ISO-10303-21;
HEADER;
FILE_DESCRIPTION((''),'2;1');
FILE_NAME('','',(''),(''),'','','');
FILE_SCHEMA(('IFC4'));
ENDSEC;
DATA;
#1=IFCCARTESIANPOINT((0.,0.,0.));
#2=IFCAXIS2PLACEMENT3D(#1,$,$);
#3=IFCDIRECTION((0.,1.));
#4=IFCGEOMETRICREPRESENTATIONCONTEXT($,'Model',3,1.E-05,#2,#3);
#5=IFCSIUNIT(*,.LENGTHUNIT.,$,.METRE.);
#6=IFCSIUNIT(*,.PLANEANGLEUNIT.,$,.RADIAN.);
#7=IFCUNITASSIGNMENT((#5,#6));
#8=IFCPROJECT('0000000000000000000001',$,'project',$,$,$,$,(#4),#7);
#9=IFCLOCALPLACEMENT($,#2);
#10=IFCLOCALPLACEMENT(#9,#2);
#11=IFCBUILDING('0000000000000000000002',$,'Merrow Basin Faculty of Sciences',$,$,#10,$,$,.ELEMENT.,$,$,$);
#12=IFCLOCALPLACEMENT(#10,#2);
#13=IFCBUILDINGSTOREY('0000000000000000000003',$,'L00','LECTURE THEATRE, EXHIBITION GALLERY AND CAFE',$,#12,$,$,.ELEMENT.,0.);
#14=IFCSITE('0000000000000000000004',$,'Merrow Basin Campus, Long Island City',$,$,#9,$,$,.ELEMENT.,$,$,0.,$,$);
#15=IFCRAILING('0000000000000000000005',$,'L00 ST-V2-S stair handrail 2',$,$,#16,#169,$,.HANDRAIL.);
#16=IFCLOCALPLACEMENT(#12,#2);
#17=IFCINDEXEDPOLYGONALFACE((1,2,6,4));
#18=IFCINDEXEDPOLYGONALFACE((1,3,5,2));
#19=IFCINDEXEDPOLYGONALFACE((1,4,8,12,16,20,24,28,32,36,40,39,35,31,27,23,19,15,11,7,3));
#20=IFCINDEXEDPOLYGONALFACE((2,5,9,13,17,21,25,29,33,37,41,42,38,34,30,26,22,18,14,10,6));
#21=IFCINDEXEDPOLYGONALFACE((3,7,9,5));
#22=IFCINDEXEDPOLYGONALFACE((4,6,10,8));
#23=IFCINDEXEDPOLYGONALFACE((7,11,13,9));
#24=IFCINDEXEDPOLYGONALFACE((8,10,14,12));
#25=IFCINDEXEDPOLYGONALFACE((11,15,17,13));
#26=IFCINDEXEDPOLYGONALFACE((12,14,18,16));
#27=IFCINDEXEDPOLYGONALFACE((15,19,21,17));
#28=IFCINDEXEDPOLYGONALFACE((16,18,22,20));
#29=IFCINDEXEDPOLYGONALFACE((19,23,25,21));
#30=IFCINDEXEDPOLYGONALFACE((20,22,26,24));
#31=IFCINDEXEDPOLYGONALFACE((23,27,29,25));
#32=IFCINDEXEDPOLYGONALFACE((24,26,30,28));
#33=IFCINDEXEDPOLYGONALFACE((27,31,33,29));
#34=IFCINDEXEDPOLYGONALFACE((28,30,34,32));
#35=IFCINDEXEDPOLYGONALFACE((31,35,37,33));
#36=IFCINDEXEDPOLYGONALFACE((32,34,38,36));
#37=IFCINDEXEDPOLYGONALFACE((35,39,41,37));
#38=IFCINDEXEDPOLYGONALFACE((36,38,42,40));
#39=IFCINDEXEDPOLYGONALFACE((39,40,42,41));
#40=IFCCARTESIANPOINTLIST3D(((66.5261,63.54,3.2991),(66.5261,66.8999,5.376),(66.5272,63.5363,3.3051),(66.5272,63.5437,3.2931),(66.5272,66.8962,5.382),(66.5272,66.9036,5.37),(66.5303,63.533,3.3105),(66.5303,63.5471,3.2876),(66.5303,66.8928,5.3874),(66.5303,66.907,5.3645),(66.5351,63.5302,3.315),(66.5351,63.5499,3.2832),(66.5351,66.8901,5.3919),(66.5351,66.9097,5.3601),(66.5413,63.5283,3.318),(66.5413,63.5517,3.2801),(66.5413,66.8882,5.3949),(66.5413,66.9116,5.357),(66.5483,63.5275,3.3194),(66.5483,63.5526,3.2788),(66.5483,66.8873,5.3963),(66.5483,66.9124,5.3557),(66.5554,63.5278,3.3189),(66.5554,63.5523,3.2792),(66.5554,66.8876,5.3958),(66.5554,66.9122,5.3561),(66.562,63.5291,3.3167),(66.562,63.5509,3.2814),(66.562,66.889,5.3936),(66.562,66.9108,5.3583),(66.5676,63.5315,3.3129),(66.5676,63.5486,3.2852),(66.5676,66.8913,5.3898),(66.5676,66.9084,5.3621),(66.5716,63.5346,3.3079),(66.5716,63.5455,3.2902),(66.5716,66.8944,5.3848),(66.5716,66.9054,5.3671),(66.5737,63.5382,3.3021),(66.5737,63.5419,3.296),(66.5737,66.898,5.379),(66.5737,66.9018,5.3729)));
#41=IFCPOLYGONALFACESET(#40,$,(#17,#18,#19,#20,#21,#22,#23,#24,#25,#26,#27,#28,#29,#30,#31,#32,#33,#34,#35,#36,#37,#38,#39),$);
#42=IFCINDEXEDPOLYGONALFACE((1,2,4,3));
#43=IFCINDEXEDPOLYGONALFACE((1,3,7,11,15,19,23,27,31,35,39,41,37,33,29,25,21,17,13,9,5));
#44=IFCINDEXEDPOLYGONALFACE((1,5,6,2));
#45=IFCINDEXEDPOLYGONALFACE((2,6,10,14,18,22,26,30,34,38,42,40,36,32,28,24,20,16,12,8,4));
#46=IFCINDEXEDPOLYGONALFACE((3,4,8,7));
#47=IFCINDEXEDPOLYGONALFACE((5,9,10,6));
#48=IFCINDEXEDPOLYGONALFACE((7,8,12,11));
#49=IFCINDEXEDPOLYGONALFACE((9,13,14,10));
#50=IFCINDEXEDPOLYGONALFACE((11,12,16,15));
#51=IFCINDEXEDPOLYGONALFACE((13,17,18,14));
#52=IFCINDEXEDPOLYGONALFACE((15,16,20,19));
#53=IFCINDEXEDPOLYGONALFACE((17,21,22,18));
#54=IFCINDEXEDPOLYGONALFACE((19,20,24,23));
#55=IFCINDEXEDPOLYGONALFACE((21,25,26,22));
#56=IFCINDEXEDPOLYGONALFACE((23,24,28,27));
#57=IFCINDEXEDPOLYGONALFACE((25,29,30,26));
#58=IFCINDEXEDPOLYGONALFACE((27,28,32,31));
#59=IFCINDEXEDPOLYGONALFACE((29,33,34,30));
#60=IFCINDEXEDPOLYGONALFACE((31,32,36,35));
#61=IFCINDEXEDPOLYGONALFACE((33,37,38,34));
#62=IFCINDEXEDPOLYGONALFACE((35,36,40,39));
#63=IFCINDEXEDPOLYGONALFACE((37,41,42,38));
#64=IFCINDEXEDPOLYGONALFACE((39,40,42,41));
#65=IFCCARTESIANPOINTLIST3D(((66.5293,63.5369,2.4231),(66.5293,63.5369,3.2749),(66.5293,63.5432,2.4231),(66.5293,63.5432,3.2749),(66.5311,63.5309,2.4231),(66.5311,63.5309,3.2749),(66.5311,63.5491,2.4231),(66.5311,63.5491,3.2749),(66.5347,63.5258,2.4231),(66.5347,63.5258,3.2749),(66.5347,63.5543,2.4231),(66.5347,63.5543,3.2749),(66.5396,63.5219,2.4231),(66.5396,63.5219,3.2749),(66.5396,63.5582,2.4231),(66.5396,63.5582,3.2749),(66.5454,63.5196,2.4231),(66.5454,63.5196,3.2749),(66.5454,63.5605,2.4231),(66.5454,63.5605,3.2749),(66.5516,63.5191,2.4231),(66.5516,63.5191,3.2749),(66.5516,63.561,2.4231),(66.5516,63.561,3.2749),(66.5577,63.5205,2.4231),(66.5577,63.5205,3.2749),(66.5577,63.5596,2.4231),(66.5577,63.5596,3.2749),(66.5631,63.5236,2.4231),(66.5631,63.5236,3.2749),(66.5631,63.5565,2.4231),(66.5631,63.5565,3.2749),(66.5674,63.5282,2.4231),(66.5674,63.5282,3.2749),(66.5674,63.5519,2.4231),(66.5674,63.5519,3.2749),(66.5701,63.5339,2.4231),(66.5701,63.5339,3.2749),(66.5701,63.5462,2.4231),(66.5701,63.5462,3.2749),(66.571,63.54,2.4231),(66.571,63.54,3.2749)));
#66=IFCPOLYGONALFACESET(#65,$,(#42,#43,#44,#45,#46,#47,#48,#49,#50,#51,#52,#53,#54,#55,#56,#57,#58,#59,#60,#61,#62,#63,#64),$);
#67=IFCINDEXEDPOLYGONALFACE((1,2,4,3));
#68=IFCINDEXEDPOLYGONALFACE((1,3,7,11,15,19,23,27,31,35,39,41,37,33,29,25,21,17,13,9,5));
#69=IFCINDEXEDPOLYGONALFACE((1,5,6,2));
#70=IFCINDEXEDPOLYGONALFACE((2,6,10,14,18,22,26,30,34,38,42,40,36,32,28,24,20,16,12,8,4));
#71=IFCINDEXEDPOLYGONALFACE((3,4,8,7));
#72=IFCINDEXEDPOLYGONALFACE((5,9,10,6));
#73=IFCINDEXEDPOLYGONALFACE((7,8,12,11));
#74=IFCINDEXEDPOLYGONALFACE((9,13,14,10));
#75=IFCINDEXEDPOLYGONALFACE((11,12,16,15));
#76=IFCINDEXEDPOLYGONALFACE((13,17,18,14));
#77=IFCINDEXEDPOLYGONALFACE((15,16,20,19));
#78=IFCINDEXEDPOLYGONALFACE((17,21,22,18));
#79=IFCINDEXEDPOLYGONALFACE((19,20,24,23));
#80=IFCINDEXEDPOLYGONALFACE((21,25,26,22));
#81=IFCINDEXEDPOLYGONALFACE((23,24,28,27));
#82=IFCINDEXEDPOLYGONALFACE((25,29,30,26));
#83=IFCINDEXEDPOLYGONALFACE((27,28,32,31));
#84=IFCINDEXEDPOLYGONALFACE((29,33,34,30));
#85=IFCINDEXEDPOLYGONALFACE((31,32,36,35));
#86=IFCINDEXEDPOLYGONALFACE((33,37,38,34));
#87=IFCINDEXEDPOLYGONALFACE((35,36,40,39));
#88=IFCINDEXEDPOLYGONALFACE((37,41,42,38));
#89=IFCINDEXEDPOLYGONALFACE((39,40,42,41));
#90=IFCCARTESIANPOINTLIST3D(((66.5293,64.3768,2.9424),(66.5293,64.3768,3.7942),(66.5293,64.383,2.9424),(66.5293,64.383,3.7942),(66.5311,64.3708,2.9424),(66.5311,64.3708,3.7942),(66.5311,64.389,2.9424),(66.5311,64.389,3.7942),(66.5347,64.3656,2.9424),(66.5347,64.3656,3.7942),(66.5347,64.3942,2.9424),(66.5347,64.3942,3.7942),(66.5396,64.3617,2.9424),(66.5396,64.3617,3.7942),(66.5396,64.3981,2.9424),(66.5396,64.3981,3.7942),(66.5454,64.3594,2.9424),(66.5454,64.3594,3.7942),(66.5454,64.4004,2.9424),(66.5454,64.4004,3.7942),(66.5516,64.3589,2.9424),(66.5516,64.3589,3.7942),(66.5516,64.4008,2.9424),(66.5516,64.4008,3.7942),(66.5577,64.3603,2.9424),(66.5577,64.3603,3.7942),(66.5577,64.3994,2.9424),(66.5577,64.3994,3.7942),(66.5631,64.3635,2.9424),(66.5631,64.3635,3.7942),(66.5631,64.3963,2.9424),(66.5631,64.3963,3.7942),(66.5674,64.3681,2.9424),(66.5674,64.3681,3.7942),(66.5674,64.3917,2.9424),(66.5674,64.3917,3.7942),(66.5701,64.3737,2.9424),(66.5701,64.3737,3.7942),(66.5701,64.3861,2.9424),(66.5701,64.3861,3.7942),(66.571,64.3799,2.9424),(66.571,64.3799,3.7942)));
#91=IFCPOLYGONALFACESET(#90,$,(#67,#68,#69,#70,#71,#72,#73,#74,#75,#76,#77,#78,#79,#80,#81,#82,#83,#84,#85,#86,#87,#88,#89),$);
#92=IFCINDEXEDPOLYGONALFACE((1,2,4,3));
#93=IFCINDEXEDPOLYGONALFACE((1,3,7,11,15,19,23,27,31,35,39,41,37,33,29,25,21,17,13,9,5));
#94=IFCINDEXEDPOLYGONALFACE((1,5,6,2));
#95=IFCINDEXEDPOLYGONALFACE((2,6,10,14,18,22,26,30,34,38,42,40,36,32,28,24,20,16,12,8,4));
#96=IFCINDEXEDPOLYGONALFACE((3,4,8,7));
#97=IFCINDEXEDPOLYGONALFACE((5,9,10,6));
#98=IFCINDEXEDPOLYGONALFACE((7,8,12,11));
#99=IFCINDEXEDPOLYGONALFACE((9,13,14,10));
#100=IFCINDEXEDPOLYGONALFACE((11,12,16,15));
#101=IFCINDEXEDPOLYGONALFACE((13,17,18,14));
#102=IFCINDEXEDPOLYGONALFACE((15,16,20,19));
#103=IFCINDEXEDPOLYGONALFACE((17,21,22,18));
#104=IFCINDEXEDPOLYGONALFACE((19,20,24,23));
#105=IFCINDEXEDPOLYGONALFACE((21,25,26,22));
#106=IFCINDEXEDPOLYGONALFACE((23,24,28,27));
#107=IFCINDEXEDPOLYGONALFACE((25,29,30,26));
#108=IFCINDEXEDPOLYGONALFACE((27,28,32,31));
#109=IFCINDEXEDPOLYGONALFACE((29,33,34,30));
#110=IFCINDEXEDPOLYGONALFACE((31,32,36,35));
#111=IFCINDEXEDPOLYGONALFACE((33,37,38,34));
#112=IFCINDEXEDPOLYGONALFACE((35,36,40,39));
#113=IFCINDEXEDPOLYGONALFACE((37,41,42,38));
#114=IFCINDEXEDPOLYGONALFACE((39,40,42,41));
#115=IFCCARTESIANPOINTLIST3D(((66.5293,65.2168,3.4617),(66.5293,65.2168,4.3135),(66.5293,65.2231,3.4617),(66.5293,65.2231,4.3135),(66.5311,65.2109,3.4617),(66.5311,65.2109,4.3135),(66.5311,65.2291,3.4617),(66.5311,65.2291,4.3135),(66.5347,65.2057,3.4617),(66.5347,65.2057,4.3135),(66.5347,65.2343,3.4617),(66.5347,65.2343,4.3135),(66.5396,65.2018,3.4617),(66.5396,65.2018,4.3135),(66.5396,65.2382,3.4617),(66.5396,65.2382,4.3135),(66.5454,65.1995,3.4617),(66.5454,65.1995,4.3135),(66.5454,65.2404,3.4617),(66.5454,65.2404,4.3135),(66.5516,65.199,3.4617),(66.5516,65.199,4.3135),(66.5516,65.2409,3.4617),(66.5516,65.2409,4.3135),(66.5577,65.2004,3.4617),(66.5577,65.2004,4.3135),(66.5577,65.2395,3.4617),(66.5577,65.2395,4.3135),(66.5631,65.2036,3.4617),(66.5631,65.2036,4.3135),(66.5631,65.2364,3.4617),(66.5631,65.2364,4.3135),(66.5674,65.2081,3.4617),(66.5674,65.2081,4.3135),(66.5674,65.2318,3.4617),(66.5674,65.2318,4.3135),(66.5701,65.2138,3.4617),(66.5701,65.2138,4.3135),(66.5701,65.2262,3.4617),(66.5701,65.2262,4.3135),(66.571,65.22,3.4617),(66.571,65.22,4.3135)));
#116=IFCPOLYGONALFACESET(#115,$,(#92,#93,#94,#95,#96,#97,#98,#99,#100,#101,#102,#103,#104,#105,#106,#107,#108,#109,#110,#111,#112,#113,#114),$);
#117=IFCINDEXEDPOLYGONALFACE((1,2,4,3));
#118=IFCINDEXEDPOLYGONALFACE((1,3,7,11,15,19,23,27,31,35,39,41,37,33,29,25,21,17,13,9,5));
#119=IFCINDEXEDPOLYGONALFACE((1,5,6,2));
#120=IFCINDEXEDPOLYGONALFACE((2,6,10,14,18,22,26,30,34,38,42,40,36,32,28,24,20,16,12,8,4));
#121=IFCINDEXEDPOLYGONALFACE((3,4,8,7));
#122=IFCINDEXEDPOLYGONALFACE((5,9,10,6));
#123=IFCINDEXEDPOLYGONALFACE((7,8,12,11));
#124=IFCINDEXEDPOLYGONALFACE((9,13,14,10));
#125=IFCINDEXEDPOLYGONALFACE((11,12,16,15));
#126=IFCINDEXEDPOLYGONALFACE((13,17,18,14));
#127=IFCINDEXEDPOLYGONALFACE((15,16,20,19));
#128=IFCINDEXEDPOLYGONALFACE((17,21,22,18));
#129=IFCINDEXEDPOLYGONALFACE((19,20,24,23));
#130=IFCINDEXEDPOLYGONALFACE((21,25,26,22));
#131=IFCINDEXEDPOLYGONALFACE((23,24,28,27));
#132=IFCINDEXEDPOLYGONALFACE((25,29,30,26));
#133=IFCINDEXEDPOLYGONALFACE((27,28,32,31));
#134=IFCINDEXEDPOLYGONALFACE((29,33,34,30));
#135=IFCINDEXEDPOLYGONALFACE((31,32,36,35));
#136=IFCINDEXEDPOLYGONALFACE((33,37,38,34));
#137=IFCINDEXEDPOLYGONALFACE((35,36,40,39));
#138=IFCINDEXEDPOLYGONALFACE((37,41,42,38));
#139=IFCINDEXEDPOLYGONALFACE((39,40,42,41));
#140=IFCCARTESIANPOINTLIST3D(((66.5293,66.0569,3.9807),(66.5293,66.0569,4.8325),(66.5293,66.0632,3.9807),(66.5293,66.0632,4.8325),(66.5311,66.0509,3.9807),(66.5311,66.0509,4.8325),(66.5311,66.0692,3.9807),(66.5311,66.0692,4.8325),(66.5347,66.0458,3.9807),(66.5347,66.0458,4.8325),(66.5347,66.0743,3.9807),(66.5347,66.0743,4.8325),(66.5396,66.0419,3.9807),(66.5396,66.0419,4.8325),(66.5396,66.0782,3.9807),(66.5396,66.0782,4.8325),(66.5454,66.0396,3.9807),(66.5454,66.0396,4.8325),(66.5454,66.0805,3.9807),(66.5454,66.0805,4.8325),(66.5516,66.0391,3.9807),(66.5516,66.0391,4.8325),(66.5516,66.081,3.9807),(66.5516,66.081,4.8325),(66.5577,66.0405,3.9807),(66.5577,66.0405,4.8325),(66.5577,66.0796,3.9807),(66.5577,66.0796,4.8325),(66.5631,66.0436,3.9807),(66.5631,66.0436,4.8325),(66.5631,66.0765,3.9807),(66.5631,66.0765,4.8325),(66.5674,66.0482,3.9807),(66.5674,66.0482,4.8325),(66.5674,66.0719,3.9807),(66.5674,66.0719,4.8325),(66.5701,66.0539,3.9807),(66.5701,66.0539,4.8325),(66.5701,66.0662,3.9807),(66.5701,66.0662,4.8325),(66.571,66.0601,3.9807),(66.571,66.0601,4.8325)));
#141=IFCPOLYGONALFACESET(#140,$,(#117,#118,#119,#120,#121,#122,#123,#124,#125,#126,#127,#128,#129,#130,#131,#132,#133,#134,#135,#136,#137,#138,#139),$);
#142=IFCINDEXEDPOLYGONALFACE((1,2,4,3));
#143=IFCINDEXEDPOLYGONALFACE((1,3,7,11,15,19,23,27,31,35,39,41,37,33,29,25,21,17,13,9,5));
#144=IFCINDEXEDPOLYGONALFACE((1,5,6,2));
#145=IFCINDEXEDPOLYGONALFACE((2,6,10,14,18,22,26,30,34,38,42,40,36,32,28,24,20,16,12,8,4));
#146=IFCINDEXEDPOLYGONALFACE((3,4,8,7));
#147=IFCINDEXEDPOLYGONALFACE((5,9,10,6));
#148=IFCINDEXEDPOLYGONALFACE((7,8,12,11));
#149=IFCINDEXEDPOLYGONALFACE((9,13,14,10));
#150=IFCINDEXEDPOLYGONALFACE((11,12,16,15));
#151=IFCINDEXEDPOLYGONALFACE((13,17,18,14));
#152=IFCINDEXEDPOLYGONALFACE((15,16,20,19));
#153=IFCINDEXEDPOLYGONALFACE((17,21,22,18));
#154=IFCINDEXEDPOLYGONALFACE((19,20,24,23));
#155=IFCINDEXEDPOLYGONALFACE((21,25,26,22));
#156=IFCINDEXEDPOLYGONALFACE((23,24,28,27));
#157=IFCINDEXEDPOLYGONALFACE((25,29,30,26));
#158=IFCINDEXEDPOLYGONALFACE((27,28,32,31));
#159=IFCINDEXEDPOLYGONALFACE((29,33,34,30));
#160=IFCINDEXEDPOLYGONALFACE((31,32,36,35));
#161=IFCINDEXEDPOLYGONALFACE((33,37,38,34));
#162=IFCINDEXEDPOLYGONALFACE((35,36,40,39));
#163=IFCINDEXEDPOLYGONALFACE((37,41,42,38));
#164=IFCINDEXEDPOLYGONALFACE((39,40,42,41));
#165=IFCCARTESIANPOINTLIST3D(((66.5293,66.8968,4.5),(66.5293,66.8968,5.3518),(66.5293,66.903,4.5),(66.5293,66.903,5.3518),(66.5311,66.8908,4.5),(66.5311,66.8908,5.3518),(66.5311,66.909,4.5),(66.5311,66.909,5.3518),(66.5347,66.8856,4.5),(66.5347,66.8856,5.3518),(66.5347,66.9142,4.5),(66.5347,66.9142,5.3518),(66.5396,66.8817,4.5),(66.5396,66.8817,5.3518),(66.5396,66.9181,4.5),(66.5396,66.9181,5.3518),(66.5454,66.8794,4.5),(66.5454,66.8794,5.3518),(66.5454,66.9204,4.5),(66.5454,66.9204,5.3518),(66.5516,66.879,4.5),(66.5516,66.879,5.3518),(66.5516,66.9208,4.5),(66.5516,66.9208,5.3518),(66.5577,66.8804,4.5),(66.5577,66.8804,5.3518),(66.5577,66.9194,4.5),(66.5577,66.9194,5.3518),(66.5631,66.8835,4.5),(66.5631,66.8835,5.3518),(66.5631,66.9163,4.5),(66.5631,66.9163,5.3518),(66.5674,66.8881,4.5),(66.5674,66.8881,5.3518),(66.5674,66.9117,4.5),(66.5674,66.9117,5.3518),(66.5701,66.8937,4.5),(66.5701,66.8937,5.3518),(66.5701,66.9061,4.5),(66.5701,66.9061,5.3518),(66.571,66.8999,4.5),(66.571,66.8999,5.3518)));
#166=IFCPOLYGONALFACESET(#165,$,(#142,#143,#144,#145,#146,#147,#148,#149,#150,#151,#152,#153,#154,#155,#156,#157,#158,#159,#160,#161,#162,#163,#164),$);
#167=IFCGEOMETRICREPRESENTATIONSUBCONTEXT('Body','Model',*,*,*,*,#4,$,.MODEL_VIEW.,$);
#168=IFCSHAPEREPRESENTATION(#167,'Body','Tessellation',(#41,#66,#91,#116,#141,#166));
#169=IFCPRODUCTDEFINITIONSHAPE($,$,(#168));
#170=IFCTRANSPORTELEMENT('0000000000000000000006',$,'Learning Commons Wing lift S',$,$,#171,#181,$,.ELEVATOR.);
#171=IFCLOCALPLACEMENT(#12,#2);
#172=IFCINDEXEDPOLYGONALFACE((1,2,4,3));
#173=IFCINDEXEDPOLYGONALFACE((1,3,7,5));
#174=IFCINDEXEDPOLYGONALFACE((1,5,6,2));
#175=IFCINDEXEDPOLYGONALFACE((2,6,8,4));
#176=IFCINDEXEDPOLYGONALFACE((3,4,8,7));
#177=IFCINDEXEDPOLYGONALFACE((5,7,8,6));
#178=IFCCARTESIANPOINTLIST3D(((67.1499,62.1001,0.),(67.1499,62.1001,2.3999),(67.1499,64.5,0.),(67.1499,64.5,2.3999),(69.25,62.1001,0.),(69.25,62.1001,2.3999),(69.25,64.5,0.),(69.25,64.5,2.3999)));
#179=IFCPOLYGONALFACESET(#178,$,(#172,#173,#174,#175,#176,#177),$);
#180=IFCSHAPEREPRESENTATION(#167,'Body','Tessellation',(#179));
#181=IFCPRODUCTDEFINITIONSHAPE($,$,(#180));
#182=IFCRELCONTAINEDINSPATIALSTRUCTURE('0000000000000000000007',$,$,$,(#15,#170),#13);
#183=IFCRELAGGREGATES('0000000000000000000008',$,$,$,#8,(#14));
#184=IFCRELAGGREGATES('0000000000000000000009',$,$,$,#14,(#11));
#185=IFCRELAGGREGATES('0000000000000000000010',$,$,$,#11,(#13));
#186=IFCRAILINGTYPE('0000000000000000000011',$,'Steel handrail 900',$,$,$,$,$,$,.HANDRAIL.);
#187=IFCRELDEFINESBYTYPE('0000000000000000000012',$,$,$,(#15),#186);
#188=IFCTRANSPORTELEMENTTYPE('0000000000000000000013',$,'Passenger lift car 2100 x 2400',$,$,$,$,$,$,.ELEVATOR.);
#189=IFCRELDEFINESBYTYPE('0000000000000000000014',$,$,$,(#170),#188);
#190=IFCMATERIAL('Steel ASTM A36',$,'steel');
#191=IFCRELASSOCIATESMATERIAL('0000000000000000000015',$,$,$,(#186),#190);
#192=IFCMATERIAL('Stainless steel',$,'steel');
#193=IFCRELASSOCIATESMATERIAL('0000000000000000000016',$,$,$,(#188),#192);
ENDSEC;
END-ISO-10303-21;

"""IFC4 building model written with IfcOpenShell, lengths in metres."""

from ifc_helpers import new_model, si_unit, direction, frame, origin, origin_2d, place, context, subcontext, project, spatial, rectangle, circle, extrude, material, type_object, element, save


model = new_model("IFC4")

# Units and contexts
model_context = context("Model", 3, precision=1e-05, world=origin(), true_north=direction((0.0, 1.0)))
body_context = subcontext(model_context, "Body", "Model", "MODEL_VIEW")
ifc_project = project(units=[si_unit("LENGTHUNIT", "METRE"), si_unit("PLANEANGLEUNIT", "RADIAN")], contexts=[model_context])

# Site, building, storey
site_placement = place(None, origin())
site = spatial("IfcSite", under=ifc_project, at=site_placement, Name="Merrow Basin Campus, Long Island City", CompositionType="ELEMENT", RefElevation=0.0)
building_placement = place(site_placement, origin())
building = spatial("IfcBuilding", under=site, at=building_placement, Name="Merrow Basin Faculty of Sciences", CompositionType="ELEMENT")
storey_placement = place(building_placement, origin())
storey = spatial("IfcBuildingStorey", under=building, at=storey_placement, Name="L00", Description="LECTURE THEATRE, EXHIBITION GALLERY AND CAFE", CompositionType="ELEMENT", Elevation=0.0)

# Railing
ifc_material_1 = material(Name="Steel ASTM A36", Category="steel")
railing_type_1 = type_object("IfcRailingType", Name="Steel handrail 900", PredefinedType="HANDRAIL", material=ifc_material_1)
railing_1_placement = place(storey_placement, frame((66.55, 63.54, 2.4231)))
element("IfcRailing", 1, at=railing_1_placement, inside=storey, type_object=railing_type_1, Name="L00 ST-V2-S stair handrail 2", PredefinedType="HANDRAIL", context=body_context, shape_type="SweptSolid", body=[
    extrude(circle(Radius=0.0239, at=origin_2d()), frame((0.0, 0.0, 0.876), z_axis=(0.0, 0.850606, 0.525803), x_axis=(-1.0, 0.0, 0.0)), (0.0, 0.0, 1.0), 3.95),
    extrude(circle(Radius=0.021, at=origin_2d()), origin(), (0.0, 0.0, 1.0), 0.8518),
    extrude(circle(Radius=0.021, at=origin_2d()), frame((0.0, 0.8398, 0.5193)), (0.0, 0.0, 1.0), 0.8518),
    extrude(circle(Radius=0.021, at=origin_2d()), frame((0.0, 1.6799, 1.0386)), (0.0, 0.0, 1.0), 0.8518),
    extrude(circle(Radius=0.021, at=origin_2d()), frame((0.0, 2.52, 1.5576)), (0.0, 0.0, 1.0), 0.8518),
    extrude(circle(Radius=0.021, at=origin_2d()), frame((0.0, 3.3599, 2.0769)), (0.0, 0.0, 1.0), 0.8518),
])

# Transport element
ifc_material_2 = material(Name="Stainless steel", Category="steel")
transport_element_type = type_object("IfcTransportElementType", Name="Passenger lift car 2100 x 2400", PredefinedType="ELEVATOR", material=ifc_material_2)
transport_element_placement = place(storey_placement, frame((68.2, 63.3, 0.0), z_axis=(0.0, 0.0, 1.0), x_axis=(1.0, 0.0, 0.0)))
element("IfcTransportElement", 2, at=transport_element_placement, inside=storey, type_object=transport_element_type, Name="Learning Commons Wing lift S", PredefinedType="ELEVATOR", context=body_context, shape_type="SweptSolid", body=[
    extrude(rectangle(XDim=2.1001, YDim=2.3999, at=origin_2d()), origin(), (0.0, 0.0, 1.0), 2.3999),
])

save(model, "model.ifc")
